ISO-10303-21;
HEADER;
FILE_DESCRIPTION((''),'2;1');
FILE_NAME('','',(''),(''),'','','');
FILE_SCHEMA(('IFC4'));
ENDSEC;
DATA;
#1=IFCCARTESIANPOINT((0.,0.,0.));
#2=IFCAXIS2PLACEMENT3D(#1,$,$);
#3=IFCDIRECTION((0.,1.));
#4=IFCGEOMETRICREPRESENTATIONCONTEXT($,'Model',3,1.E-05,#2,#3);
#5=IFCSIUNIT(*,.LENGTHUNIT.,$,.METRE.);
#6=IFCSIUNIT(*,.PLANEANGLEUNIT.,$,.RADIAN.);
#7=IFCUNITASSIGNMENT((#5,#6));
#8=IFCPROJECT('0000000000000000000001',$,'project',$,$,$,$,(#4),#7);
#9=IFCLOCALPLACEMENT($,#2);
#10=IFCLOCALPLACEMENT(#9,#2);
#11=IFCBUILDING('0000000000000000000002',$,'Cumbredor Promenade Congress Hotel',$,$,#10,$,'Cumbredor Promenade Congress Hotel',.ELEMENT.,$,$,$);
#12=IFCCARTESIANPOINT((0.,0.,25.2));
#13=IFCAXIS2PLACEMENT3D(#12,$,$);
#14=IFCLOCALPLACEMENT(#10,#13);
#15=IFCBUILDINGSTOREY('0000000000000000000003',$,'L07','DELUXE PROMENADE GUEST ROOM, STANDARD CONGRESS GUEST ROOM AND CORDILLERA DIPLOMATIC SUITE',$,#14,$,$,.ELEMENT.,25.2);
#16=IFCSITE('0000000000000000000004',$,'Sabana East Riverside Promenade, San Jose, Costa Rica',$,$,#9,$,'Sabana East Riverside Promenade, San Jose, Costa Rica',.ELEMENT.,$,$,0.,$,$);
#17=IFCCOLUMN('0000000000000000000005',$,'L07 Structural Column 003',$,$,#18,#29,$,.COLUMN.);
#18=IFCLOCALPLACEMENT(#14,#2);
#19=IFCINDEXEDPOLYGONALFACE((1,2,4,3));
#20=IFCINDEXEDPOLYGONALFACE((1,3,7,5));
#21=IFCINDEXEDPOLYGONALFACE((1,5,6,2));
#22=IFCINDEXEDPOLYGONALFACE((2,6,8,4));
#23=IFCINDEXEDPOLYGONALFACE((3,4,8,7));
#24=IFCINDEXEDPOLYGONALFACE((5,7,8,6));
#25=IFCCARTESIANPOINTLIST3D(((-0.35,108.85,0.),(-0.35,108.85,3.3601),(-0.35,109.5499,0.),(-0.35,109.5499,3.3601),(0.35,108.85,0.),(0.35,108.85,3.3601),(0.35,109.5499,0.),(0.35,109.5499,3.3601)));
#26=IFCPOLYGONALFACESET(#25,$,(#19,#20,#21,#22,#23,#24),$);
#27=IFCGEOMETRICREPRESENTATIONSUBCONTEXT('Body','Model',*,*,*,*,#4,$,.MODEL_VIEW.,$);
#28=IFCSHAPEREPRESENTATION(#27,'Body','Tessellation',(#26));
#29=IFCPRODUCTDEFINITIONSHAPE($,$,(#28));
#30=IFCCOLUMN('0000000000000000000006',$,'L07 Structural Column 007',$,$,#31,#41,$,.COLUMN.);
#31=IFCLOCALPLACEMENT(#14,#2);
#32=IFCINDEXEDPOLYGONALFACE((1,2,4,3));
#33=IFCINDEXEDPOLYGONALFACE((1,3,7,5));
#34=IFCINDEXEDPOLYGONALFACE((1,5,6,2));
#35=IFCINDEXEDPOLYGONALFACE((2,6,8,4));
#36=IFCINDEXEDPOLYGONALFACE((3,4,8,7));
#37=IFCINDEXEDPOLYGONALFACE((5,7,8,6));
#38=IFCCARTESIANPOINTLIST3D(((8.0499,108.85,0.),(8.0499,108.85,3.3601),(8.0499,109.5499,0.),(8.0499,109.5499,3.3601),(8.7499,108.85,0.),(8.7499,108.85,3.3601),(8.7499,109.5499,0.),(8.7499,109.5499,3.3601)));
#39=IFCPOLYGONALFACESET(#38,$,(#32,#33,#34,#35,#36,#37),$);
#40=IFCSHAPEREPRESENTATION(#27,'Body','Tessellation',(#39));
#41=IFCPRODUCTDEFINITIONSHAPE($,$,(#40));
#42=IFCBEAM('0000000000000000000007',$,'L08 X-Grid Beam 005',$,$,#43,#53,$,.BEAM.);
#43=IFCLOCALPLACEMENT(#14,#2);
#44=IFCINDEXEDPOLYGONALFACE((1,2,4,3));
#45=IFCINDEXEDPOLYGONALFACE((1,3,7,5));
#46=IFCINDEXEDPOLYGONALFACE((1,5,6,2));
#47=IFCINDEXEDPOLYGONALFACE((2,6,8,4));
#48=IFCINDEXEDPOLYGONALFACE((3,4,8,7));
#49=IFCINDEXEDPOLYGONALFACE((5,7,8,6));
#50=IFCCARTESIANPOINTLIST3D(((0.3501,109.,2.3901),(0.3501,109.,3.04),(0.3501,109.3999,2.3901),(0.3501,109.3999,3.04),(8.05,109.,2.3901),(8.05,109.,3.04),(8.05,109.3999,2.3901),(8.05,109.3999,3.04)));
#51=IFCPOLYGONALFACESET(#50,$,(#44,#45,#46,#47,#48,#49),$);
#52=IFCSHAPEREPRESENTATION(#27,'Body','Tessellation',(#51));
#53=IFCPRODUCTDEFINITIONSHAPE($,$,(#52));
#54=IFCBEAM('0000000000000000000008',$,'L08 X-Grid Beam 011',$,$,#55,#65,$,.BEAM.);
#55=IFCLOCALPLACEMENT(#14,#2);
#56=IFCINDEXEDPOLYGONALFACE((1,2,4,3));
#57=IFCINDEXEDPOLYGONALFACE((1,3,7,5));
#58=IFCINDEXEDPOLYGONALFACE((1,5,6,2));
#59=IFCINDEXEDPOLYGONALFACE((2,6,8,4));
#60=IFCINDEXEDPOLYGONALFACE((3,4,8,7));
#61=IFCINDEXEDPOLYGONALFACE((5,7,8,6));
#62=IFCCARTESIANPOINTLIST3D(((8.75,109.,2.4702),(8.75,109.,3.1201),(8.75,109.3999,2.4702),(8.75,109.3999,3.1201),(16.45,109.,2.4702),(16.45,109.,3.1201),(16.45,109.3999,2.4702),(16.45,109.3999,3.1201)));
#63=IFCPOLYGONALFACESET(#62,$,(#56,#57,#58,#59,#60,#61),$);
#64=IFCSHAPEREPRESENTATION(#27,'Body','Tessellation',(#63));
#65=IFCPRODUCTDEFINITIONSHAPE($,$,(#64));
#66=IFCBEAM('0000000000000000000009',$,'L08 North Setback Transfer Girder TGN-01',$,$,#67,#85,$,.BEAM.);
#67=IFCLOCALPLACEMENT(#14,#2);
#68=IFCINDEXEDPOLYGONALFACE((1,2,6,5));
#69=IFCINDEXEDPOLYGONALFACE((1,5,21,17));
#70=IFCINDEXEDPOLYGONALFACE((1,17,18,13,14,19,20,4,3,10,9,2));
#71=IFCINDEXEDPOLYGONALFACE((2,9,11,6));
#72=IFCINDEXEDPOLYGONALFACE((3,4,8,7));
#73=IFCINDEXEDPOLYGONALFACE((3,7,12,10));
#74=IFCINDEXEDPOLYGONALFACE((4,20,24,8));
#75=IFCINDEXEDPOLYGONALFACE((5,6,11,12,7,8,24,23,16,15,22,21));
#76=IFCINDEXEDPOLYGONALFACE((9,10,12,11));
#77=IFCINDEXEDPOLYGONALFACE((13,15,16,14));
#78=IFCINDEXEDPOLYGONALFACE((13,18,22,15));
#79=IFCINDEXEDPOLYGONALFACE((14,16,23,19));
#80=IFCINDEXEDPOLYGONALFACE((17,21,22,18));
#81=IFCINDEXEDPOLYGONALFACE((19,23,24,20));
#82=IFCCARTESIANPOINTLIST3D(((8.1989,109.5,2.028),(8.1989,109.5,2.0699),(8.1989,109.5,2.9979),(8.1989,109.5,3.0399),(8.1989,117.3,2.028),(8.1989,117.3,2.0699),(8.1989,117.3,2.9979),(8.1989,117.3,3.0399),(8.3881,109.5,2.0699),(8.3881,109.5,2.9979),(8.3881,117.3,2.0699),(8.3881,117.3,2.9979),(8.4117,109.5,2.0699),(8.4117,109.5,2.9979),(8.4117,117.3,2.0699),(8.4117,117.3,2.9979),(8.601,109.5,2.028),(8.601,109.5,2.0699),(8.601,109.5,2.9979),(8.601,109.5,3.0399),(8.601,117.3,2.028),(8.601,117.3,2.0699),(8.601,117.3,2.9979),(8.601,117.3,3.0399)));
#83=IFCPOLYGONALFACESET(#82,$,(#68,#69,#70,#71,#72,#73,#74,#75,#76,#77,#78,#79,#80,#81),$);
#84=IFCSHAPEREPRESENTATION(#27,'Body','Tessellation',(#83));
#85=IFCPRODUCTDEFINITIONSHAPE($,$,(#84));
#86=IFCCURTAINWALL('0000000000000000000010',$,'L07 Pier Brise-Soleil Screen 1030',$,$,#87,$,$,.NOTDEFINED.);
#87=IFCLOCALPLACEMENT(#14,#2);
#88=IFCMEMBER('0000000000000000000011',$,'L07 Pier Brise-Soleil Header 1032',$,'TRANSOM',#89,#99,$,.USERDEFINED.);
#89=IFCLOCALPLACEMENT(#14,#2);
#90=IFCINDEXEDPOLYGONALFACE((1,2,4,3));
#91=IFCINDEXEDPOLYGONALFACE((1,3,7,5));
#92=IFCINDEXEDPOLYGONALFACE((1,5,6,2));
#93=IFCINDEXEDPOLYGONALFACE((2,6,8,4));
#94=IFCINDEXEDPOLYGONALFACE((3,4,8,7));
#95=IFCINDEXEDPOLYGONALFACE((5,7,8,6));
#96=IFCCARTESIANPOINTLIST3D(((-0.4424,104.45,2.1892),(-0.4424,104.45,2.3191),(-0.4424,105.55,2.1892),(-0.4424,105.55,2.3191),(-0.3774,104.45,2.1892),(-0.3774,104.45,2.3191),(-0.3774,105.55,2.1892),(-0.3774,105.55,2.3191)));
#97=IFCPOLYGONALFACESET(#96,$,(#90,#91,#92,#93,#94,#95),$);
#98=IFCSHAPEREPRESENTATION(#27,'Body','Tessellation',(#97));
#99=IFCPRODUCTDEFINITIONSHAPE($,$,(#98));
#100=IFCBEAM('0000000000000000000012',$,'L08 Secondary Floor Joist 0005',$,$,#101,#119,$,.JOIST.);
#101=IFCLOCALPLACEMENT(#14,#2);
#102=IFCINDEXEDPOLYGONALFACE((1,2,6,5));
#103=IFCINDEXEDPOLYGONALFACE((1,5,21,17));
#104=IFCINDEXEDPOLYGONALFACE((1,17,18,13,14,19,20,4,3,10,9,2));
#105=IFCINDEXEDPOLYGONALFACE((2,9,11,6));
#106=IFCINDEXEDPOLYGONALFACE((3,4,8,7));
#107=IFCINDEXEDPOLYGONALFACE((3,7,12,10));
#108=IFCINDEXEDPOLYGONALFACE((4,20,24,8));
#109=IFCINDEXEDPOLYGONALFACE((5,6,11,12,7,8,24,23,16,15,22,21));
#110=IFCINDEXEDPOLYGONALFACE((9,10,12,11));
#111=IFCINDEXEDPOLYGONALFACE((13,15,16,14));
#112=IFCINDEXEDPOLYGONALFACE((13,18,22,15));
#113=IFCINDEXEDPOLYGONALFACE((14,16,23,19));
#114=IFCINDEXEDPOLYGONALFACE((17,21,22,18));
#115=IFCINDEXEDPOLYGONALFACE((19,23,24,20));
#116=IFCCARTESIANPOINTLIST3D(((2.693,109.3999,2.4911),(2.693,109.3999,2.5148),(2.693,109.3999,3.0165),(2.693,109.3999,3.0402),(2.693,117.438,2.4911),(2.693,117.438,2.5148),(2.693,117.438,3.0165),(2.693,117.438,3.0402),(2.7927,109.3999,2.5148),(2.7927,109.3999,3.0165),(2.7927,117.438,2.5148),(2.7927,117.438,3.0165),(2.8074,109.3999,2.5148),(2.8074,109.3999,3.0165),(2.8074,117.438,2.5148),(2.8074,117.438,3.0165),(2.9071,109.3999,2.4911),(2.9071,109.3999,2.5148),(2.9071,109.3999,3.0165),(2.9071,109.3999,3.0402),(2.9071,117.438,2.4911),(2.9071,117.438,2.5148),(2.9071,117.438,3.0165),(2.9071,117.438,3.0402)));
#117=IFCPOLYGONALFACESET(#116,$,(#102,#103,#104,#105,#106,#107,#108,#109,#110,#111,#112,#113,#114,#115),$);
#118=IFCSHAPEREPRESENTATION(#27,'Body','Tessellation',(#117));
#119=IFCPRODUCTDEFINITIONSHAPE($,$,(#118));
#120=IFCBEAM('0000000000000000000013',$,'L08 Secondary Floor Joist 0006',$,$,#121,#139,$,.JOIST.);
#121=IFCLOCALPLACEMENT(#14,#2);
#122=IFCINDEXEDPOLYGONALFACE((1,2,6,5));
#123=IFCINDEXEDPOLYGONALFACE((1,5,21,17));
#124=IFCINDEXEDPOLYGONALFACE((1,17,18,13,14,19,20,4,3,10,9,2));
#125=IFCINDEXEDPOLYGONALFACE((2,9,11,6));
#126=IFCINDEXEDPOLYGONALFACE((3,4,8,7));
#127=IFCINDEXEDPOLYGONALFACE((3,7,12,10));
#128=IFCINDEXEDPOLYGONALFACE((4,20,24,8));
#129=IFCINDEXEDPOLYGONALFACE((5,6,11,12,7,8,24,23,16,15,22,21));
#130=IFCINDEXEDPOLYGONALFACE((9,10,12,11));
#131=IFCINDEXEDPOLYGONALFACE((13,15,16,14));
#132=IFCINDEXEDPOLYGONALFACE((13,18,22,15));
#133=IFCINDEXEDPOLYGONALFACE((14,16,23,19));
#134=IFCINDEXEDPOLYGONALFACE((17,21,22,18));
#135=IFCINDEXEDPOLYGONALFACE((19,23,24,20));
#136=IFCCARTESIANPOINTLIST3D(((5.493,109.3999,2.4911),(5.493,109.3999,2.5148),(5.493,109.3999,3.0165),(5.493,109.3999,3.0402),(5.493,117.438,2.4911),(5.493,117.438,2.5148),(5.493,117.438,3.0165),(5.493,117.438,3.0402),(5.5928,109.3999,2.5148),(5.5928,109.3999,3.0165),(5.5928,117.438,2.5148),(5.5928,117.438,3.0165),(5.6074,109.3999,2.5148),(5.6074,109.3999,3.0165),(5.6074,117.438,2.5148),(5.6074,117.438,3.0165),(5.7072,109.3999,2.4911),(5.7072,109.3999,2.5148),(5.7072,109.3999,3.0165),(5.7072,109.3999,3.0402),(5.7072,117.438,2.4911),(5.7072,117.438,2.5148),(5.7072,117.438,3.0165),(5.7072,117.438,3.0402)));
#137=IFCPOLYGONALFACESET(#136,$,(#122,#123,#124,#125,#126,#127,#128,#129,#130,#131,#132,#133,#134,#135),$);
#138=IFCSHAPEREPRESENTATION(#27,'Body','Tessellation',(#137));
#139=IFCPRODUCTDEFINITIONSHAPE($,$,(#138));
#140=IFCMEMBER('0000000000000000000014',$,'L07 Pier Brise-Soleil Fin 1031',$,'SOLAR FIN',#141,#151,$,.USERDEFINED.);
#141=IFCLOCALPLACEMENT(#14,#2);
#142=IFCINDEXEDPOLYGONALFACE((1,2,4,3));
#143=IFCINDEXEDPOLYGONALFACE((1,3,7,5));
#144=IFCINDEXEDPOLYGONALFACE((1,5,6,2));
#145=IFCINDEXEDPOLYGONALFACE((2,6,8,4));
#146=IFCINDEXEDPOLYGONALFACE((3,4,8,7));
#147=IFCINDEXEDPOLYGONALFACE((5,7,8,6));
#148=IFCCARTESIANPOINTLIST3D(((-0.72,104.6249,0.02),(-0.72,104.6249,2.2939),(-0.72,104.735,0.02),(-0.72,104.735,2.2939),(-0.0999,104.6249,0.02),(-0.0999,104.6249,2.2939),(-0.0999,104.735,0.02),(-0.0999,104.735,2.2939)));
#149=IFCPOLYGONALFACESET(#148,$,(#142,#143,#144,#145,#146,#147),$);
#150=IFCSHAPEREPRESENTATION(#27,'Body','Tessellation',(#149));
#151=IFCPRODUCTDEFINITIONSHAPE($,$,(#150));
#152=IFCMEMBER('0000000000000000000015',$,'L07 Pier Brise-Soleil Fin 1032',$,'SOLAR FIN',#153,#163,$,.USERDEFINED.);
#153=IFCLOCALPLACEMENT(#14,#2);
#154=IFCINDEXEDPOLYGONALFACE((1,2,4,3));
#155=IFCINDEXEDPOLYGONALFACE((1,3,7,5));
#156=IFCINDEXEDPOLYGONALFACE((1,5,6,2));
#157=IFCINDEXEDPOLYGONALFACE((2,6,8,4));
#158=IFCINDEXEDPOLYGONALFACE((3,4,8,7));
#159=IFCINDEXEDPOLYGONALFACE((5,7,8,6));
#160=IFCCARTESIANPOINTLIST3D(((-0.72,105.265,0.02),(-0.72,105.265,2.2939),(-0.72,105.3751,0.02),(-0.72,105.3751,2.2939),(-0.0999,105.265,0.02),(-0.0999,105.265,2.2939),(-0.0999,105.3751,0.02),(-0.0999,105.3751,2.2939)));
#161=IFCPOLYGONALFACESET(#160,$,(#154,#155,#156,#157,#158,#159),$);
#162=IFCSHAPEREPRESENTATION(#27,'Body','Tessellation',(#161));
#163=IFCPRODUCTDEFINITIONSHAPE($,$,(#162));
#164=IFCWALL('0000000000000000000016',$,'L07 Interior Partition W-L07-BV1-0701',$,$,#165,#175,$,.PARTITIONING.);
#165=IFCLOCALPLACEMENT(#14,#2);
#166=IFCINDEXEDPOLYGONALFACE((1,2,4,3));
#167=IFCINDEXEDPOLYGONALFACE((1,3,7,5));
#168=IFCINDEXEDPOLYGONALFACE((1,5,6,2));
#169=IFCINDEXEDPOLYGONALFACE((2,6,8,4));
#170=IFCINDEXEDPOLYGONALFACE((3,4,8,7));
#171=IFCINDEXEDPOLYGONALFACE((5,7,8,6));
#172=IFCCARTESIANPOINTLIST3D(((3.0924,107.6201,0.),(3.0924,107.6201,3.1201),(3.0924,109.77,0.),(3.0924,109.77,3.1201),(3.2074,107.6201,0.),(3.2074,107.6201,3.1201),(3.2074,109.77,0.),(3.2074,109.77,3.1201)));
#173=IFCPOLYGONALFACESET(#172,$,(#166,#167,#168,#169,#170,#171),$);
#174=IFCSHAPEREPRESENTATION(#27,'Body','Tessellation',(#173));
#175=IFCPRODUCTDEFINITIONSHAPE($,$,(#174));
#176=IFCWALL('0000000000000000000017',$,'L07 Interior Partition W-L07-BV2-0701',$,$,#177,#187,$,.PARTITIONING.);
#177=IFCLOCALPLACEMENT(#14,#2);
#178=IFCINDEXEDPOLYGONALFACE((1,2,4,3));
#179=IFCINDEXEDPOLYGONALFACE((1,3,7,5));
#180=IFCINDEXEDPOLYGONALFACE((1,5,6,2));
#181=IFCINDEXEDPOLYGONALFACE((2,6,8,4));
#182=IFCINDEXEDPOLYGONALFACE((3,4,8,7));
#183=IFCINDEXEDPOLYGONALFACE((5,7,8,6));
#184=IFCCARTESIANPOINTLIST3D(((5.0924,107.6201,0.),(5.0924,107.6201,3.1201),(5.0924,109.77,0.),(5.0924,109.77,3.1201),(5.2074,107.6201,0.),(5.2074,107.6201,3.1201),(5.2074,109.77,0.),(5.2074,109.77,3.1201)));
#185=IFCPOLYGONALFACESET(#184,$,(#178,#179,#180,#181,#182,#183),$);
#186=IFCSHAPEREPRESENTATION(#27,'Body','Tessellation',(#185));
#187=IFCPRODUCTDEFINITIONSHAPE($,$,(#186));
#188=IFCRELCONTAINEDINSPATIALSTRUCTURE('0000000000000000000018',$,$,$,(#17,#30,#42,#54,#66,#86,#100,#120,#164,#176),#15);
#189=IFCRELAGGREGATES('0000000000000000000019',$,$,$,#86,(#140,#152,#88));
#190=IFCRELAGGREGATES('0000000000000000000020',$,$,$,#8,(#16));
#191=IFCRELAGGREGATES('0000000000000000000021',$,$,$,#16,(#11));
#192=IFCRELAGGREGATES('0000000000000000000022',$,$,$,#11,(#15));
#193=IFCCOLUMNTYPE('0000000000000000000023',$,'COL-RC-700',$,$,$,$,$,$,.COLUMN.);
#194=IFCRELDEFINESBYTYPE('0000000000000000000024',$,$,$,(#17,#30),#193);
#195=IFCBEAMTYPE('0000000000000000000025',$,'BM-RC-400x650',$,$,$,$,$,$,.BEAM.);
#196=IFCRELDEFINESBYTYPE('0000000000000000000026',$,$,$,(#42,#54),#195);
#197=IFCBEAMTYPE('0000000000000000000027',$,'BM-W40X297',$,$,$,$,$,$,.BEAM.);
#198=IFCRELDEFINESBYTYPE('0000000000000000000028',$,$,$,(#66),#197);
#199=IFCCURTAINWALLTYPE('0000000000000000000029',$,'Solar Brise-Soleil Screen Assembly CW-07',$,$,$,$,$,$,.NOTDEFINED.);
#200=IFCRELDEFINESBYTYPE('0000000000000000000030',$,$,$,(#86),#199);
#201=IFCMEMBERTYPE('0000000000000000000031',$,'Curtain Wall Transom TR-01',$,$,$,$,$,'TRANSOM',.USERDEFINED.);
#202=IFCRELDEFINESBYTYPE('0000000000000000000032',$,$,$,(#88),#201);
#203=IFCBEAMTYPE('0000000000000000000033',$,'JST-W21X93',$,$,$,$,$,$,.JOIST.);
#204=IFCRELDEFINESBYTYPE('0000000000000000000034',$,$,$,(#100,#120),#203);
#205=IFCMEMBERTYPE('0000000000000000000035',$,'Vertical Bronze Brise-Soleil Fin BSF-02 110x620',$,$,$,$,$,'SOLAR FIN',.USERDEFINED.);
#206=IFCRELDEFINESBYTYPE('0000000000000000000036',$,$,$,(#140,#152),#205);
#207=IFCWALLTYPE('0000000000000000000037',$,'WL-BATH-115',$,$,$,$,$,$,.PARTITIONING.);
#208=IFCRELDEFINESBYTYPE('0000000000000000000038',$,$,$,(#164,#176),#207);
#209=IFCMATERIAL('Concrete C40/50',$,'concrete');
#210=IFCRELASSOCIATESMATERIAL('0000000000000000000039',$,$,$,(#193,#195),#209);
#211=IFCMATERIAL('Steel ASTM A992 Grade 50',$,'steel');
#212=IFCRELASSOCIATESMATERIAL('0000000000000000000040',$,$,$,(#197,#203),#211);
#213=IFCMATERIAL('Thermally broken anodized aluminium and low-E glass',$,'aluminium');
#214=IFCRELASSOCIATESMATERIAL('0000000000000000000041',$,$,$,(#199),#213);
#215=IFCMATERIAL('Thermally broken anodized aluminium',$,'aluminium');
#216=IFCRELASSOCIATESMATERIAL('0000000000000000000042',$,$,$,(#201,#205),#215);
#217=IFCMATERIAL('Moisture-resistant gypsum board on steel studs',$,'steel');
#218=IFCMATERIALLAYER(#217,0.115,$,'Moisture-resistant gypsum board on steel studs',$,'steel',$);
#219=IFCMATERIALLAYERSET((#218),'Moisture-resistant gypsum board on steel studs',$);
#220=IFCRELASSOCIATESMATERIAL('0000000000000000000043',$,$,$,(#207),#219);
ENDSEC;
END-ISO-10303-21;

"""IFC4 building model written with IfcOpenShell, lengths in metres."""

from ifc_helpers import new_model, si_unit, direction, frame, frame_2d, origin, origin_2d, place, context, subcontext, project, spatial, rectangle, i_section, extrude, material, layer, layer_set, material_profile, profile_set, type_object, element, aggregate, save


model = new_model("IFC4")

# Units and contexts
model_context = context("Model", 3, precision=1e-05, world=origin(), true_north=direction((0.0, 1.0)))
body_context = subcontext(model_context, "Body", "Model", "MODEL_VIEW")
ifc_project = project(units=[si_unit("LENGTHUNIT", "METRE"), si_unit("PLANEANGLEUNIT", "RADIAN")], contexts=[model_context])

# Site, building, storey
site_placement = place(None, origin())
site = spatial("IfcSite", under=ifc_project, at=site_placement, Name="Sabana East Riverside Promenade, San Jose, Costa Rica", LongName="Sabana East Riverside Promenade, San Jose, Costa Rica", CompositionType="ELEMENT", RefElevation=0.0)
building_placement = place(site_placement, origin())
building = spatial("IfcBuilding", under=site, at=building_placement, Name="Cumbredor Promenade Congress Hotel", LongName="Cumbredor Promenade Congress Hotel", CompositionType="ELEMENT")
storey_placement = place(building_placement, frame((0.0, 0.0, 25.2)))
storey = spatial("IfcBuildingStorey", under=building, at=storey_placement, Name="L07", Description="DELUXE PROMENADE GUEST ROOM, STANDARD CONGRESS GUEST ROOM AND CORDILLERA DIPLOMATIC SUITE", CompositionType="ELEMENT", Elevation=25.2)

# Columns
ifc_material_1 = material(Name="Concrete C40/50", Category="concrete")
ifc_material_profile_1 = material_profile(ifc_material_1, rectangle(XDim=0.7, YDim=0.7, at=origin_2d()), Name="RC 700x700")
ifc_profile_set_1 = profile_set([ifc_material_profile_1], Name="Concrete C40/50")
column_type = type_object("IfcColumnType", Name="COL-RC-700", PredefinedType="COLUMN", material=ifc_profile_set_1)
for number, where, z_axis, x_axis, name in (
    (1, (0.0, 109.2, 0.0), (0.0, 0.0, 1.0), (1.0, 0.0, 0.0), "L07 Structural Column 003"),
    (2, (8.3999, 109.2, 0.0), (0.0, 0.0, 1.0), (1.0, 0.0, 0.0), "L07 Structural Column 007"),
):
    element("IfcColumn", number, at=place(storey_placement, frame(where, z_axis=z_axis, x_axis=x_axis)), inside=storey, type_object=column_type, Name=name, PredefinedType="COLUMN", context=body_context, shape_type="SweptSolid", body=[
        extrude(rectangle(XDim=0.7, YDim=0.7, at=origin_2d()), origin(), (0.0, 0.0, 1.0), 3.3601),
    ])

# Beams
ifc_material_profile_2 = material_profile(ifc_material_1, rectangle(XDim=0.3999, YDim=0.6499, at=origin_2d()), Name="RC BEAM 400x650")
ifc_profile_set_2 = profile_set([ifc_material_profile_2], Name="Concrete C40/50")
beam_type_1 = type_object("IfcBeamType", Name="BM-RC-400x650", PredefinedType="BEAM", material=ifc_profile_set_2)
for number, where, z_axis, x_axis, name in (
    (3, (0.3501, 109.2, 2.7151), (1.0, 0.0, 0.0), (0.0, 1.0, 0.0), "L08 X-Grid Beam 005"),
    (4, (8.75, 109.2, 2.7952), (1.0, 0.0, 0.0), (0.0, 1.0, 0.0), "L08 X-Grid Beam 011"),
):
    element("IfcBeam", number, at=place(storey_placement, frame(where, z_axis=z_axis, x_axis=x_axis)), inside=storey, type_object=beam_type_1, Name=name, PredefinedType="BEAM", context=body_context, shape_type="SweptSolid", body=[
        extrude(rectangle(XDim=0.3999, YDim=0.6499, at=origin_2d()), origin(), (0.0, 0.0, 1.0), 7.7),
    ])
ifc_material_2 = material(Name="Steel ASTM A992 Grade 50", Category="steel")
ifc_material_profile_3 = material_profile(ifc_material_2, i_section(OverallWidth=0.4021, OverallDepth=1.012, WebThickness=0.0237, FlangeThickness=0.042, at=origin_2d()), Name="W40X297")
ifc_profile_set_3 = profile_set([ifc_material_profile_3], Name="Steel ASTM A992 Grade 50")
beam_type_2 = type_object("IfcBeamType", Name="BM-W40X297", PredefinedType="BEAM", material=ifc_profile_set_3)
beam_placement = place(storey_placement, frame((8.3999, 109.5, 2.5339), z_axis=(0.0, 1.0, 0.0), x_axis=(-1.0, 0.0, 0.0)))
element("IfcBeam", 5, at=beam_placement, inside=storey, type_object=beam_type_2, Name="L08 North Setback Transfer Girder TGN-01", PredefinedType="BEAM", context=body_context, shape_type="SweptSolid", body=[
    extrude(i_section(OverallWidth=0.4021, OverallDepth=1.012, WebThickness=0.0237, FlangeThickness=0.042, at=origin_2d()), origin(), (0.0, 0.0, 1.0), 7.8),
])

# Curtain wall, member
ifc_material_3 = material(Name="Thermally broken anodized aluminium and low-E glass", Category="aluminium")
curtain_wall_type = type_object("IfcCurtainWallType", Name="Solar Brise-Soleil Screen Assembly CW-07", PredefinedType="NOTDEFINED", material=ifc_material_3)
curtain_wall_placement = place(storey_placement, origin())
curtain_wall = element("IfcCurtainWall", 6, at=curtain_wall_placement, inside=storey, type_object=curtain_wall_type, Name="L07 Pier Brise-Soleil Screen 1030", PredefinedType="NOTDEFINED")
ifc_material_4 = material(Name="Thermally broken anodized aluminium", Category="aluminium")
ifc_material_profile_4 = material_profile(ifc_material_4, rectangle(XDim=0.0649, YDim=0.1299, at=origin_2d()), Name="ALU TRANSOM 65x130")
ifc_profile_set_4 = profile_set([ifc_material_profile_4], Name="Thermally broken anodized aluminium")
member_type_1 = type_object("IfcMemberType", Name="Curtain Wall Transom TR-01", ElementType="TRANSOM", PredefinedType="USERDEFINED", material=ifc_profile_set_4)
member_1_placement = place(storey_placement, frame((-0.4099, 104.45, 2.2542), z_axis=(0.0, 1.0, 0.0), x_axis=(-1.0, 0.0, 0.0)))
member_1 = element("IfcMember", 7, at=member_1_placement, type_object=member_type_1, Name="L07 Pier Brise-Soleil Header 1032", ObjectType="TRANSOM", PredefinedType="USERDEFINED", context=body_context, shape_type="SweptSolid", body=[
    extrude(rectangle(XDim=0.0649, YDim=0.1299, at=origin_2d()), origin(), (0.0, 0.0, 1.0), 1.1001),
])

# Beams
ifc_material_profile_5 = material_profile(ifc_material_2, i_section(OverallWidth=0.2141, OverallDepth=0.5491, WebThickness=0.0146, FlangeThickness=0.0237, at=origin_2d()), Name="W21X93")
ifc_profile_set_5 = profile_set([ifc_material_profile_5], Name="Steel ASTM A992 Grade 50")
beam_type_3 = type_object("IfcBeamType", Name="JST-W21X93", PredefinedType="JOIST", material=ifc_profile_set_5)
for number, where, z_axis, x_axis, name in (
    (8, (2.8, 109.3999, 2.7656), (0.0, 1.0, 0.0), (-1.0, 0.0, 0.0), "L08 Secondary Floor Joist 0005"),
    (9, (5.6001, 109.3999, 2.7656), (0.0, 1.0, 0.0), (-1.0, 0.0, 0.0), "L08 Secondary Floor Joist 0006"),
):
    element("IfcBeam", number, at=place(storey_placement, frame(where, z_axis=z_axis, x_axis=x_axis)), inside=storey, type_object=beam_type_3, Name=name, PredefinedType="JOIST", context=body_context, shape_type="SweptSolid", body=[
        extrude(i_section(OverallWidth=0.2141, OverallDepth=0.5491, WebThickness=0.0146, FlangeThickness=0.0237, at=origin_2d()), origin(), (0.0, 0.0, 1.0), 8.0381),
    ])

# Members
ifc_material_profile_6 = material_profile(ifc_material_4, rectangle(XDim=0.1101, YDim=0.6201, at=origin_2d()), Name="ARCH FIN 110x620")
ifc_profile_set_6 = profile_set([ifc_material_profile_6], Name="Thermally broken anodized aluminium")
member_type_2 = type_object("IfcMemberType", Name="Vertical Bronze Brise-Soleil Fin BSF-02 110x620", ElementType="SOLAR FIN", PredefinedType="USERDEFINED", material=ifc_profile_set_6)
member_2_placement = place(storey_placement, frame((-0.4099, 104.6799, 0.02), z_axis=(0.0, 0.0, 1.0), x_axis=(0.0, 1.0, 0.0)))
member_2 = element("IfcMember", 10, at=member_2_placement, type_object=member_type_2, Name="L07 Pier Brise-Soleil Fin 1031", ObjectType="SOLAR FIN", PredefinedType="USERDEFINED", context=body_context, shape_type="SweptSolid", body=[
    extrude(rectangle(XDim=0.1101, YDim=0.6201, at=origin_2d()), origin(), (0.0, 0.0, 1.0), 2.2739),
])
member_3_placement = place(storey_placement, frame((-0.4099, 105.3201, 0.02), z_axis=(0.0, 0.0, 1.0), x_axis=(0.0, 1.0, 0.0)))
member_3 = element("IfcMember", 11, at=member_3_placement, type_object=member_type_2, Name="L07 Pier Brise-Soleil Fin 1032", ObjectType="SOLAR FIN", PredefinedType="USERDEFINED", context=body_context, shape_type="SweptSolid", body=[
    extrude(rectangle(XDim=0.1101, YDim=0.6201, at=origin_2d()), origin(), (0.0, 0.0, 1.0), 2.2739),
])
aggregate(curtain_wall, [member_2, member_3, member_1])

# Walls
ifc_material_5 = material(Name="Moisture-resistant gypsum board on steel studs", Category="steel")
ifc_layer_1 = layer(ifc_material_5, 0.115, Name="Moisture-resistant gypsum board on steel studs", Category="steel")
ifc_layer_set_1 = layer_set([ifc_layer_1], Name="Moisture-resistant gypsum board on steel studs")
wall_type_1 = type_object("IfcWallType", Name="WL-BATH-115", PredefinedType="PARTITIONING", material=ifc_layer_set_1)
for number, where, z_axis, x_axis, name in (
    (12, (3.1499, 107.6201, 0.0), (0.0, 0.0, 1.0), (0.0, 1.0, 0.0), "L07 Interior Partition W-L07-BV1-0701"),
    (13, (5.1499, 107.6201, 0.0), (0.0, 0.0, 1.0), (0.0, 1.0, 0.0), "L07 Interior Partition W-L07-BV2-0701"),
):
    element("IfcWall", number, at=place(storey_placement, frame(where, z_axis=z_axis, x_axis=x_axis)), inside=storey, type_object=wall_type_1, Name=name, PredefinedType="PARTITIONING", context=body_context, shape_type="SweptSolid", body=[
        extrude(rectangle(XDim=2.1499, YDim=0.115, at=frame_2d((1.075, 0.0))), origin(), (0.0, 0.0, 1.0), 3.1201),
    ])

save(model, "model.ifc")
